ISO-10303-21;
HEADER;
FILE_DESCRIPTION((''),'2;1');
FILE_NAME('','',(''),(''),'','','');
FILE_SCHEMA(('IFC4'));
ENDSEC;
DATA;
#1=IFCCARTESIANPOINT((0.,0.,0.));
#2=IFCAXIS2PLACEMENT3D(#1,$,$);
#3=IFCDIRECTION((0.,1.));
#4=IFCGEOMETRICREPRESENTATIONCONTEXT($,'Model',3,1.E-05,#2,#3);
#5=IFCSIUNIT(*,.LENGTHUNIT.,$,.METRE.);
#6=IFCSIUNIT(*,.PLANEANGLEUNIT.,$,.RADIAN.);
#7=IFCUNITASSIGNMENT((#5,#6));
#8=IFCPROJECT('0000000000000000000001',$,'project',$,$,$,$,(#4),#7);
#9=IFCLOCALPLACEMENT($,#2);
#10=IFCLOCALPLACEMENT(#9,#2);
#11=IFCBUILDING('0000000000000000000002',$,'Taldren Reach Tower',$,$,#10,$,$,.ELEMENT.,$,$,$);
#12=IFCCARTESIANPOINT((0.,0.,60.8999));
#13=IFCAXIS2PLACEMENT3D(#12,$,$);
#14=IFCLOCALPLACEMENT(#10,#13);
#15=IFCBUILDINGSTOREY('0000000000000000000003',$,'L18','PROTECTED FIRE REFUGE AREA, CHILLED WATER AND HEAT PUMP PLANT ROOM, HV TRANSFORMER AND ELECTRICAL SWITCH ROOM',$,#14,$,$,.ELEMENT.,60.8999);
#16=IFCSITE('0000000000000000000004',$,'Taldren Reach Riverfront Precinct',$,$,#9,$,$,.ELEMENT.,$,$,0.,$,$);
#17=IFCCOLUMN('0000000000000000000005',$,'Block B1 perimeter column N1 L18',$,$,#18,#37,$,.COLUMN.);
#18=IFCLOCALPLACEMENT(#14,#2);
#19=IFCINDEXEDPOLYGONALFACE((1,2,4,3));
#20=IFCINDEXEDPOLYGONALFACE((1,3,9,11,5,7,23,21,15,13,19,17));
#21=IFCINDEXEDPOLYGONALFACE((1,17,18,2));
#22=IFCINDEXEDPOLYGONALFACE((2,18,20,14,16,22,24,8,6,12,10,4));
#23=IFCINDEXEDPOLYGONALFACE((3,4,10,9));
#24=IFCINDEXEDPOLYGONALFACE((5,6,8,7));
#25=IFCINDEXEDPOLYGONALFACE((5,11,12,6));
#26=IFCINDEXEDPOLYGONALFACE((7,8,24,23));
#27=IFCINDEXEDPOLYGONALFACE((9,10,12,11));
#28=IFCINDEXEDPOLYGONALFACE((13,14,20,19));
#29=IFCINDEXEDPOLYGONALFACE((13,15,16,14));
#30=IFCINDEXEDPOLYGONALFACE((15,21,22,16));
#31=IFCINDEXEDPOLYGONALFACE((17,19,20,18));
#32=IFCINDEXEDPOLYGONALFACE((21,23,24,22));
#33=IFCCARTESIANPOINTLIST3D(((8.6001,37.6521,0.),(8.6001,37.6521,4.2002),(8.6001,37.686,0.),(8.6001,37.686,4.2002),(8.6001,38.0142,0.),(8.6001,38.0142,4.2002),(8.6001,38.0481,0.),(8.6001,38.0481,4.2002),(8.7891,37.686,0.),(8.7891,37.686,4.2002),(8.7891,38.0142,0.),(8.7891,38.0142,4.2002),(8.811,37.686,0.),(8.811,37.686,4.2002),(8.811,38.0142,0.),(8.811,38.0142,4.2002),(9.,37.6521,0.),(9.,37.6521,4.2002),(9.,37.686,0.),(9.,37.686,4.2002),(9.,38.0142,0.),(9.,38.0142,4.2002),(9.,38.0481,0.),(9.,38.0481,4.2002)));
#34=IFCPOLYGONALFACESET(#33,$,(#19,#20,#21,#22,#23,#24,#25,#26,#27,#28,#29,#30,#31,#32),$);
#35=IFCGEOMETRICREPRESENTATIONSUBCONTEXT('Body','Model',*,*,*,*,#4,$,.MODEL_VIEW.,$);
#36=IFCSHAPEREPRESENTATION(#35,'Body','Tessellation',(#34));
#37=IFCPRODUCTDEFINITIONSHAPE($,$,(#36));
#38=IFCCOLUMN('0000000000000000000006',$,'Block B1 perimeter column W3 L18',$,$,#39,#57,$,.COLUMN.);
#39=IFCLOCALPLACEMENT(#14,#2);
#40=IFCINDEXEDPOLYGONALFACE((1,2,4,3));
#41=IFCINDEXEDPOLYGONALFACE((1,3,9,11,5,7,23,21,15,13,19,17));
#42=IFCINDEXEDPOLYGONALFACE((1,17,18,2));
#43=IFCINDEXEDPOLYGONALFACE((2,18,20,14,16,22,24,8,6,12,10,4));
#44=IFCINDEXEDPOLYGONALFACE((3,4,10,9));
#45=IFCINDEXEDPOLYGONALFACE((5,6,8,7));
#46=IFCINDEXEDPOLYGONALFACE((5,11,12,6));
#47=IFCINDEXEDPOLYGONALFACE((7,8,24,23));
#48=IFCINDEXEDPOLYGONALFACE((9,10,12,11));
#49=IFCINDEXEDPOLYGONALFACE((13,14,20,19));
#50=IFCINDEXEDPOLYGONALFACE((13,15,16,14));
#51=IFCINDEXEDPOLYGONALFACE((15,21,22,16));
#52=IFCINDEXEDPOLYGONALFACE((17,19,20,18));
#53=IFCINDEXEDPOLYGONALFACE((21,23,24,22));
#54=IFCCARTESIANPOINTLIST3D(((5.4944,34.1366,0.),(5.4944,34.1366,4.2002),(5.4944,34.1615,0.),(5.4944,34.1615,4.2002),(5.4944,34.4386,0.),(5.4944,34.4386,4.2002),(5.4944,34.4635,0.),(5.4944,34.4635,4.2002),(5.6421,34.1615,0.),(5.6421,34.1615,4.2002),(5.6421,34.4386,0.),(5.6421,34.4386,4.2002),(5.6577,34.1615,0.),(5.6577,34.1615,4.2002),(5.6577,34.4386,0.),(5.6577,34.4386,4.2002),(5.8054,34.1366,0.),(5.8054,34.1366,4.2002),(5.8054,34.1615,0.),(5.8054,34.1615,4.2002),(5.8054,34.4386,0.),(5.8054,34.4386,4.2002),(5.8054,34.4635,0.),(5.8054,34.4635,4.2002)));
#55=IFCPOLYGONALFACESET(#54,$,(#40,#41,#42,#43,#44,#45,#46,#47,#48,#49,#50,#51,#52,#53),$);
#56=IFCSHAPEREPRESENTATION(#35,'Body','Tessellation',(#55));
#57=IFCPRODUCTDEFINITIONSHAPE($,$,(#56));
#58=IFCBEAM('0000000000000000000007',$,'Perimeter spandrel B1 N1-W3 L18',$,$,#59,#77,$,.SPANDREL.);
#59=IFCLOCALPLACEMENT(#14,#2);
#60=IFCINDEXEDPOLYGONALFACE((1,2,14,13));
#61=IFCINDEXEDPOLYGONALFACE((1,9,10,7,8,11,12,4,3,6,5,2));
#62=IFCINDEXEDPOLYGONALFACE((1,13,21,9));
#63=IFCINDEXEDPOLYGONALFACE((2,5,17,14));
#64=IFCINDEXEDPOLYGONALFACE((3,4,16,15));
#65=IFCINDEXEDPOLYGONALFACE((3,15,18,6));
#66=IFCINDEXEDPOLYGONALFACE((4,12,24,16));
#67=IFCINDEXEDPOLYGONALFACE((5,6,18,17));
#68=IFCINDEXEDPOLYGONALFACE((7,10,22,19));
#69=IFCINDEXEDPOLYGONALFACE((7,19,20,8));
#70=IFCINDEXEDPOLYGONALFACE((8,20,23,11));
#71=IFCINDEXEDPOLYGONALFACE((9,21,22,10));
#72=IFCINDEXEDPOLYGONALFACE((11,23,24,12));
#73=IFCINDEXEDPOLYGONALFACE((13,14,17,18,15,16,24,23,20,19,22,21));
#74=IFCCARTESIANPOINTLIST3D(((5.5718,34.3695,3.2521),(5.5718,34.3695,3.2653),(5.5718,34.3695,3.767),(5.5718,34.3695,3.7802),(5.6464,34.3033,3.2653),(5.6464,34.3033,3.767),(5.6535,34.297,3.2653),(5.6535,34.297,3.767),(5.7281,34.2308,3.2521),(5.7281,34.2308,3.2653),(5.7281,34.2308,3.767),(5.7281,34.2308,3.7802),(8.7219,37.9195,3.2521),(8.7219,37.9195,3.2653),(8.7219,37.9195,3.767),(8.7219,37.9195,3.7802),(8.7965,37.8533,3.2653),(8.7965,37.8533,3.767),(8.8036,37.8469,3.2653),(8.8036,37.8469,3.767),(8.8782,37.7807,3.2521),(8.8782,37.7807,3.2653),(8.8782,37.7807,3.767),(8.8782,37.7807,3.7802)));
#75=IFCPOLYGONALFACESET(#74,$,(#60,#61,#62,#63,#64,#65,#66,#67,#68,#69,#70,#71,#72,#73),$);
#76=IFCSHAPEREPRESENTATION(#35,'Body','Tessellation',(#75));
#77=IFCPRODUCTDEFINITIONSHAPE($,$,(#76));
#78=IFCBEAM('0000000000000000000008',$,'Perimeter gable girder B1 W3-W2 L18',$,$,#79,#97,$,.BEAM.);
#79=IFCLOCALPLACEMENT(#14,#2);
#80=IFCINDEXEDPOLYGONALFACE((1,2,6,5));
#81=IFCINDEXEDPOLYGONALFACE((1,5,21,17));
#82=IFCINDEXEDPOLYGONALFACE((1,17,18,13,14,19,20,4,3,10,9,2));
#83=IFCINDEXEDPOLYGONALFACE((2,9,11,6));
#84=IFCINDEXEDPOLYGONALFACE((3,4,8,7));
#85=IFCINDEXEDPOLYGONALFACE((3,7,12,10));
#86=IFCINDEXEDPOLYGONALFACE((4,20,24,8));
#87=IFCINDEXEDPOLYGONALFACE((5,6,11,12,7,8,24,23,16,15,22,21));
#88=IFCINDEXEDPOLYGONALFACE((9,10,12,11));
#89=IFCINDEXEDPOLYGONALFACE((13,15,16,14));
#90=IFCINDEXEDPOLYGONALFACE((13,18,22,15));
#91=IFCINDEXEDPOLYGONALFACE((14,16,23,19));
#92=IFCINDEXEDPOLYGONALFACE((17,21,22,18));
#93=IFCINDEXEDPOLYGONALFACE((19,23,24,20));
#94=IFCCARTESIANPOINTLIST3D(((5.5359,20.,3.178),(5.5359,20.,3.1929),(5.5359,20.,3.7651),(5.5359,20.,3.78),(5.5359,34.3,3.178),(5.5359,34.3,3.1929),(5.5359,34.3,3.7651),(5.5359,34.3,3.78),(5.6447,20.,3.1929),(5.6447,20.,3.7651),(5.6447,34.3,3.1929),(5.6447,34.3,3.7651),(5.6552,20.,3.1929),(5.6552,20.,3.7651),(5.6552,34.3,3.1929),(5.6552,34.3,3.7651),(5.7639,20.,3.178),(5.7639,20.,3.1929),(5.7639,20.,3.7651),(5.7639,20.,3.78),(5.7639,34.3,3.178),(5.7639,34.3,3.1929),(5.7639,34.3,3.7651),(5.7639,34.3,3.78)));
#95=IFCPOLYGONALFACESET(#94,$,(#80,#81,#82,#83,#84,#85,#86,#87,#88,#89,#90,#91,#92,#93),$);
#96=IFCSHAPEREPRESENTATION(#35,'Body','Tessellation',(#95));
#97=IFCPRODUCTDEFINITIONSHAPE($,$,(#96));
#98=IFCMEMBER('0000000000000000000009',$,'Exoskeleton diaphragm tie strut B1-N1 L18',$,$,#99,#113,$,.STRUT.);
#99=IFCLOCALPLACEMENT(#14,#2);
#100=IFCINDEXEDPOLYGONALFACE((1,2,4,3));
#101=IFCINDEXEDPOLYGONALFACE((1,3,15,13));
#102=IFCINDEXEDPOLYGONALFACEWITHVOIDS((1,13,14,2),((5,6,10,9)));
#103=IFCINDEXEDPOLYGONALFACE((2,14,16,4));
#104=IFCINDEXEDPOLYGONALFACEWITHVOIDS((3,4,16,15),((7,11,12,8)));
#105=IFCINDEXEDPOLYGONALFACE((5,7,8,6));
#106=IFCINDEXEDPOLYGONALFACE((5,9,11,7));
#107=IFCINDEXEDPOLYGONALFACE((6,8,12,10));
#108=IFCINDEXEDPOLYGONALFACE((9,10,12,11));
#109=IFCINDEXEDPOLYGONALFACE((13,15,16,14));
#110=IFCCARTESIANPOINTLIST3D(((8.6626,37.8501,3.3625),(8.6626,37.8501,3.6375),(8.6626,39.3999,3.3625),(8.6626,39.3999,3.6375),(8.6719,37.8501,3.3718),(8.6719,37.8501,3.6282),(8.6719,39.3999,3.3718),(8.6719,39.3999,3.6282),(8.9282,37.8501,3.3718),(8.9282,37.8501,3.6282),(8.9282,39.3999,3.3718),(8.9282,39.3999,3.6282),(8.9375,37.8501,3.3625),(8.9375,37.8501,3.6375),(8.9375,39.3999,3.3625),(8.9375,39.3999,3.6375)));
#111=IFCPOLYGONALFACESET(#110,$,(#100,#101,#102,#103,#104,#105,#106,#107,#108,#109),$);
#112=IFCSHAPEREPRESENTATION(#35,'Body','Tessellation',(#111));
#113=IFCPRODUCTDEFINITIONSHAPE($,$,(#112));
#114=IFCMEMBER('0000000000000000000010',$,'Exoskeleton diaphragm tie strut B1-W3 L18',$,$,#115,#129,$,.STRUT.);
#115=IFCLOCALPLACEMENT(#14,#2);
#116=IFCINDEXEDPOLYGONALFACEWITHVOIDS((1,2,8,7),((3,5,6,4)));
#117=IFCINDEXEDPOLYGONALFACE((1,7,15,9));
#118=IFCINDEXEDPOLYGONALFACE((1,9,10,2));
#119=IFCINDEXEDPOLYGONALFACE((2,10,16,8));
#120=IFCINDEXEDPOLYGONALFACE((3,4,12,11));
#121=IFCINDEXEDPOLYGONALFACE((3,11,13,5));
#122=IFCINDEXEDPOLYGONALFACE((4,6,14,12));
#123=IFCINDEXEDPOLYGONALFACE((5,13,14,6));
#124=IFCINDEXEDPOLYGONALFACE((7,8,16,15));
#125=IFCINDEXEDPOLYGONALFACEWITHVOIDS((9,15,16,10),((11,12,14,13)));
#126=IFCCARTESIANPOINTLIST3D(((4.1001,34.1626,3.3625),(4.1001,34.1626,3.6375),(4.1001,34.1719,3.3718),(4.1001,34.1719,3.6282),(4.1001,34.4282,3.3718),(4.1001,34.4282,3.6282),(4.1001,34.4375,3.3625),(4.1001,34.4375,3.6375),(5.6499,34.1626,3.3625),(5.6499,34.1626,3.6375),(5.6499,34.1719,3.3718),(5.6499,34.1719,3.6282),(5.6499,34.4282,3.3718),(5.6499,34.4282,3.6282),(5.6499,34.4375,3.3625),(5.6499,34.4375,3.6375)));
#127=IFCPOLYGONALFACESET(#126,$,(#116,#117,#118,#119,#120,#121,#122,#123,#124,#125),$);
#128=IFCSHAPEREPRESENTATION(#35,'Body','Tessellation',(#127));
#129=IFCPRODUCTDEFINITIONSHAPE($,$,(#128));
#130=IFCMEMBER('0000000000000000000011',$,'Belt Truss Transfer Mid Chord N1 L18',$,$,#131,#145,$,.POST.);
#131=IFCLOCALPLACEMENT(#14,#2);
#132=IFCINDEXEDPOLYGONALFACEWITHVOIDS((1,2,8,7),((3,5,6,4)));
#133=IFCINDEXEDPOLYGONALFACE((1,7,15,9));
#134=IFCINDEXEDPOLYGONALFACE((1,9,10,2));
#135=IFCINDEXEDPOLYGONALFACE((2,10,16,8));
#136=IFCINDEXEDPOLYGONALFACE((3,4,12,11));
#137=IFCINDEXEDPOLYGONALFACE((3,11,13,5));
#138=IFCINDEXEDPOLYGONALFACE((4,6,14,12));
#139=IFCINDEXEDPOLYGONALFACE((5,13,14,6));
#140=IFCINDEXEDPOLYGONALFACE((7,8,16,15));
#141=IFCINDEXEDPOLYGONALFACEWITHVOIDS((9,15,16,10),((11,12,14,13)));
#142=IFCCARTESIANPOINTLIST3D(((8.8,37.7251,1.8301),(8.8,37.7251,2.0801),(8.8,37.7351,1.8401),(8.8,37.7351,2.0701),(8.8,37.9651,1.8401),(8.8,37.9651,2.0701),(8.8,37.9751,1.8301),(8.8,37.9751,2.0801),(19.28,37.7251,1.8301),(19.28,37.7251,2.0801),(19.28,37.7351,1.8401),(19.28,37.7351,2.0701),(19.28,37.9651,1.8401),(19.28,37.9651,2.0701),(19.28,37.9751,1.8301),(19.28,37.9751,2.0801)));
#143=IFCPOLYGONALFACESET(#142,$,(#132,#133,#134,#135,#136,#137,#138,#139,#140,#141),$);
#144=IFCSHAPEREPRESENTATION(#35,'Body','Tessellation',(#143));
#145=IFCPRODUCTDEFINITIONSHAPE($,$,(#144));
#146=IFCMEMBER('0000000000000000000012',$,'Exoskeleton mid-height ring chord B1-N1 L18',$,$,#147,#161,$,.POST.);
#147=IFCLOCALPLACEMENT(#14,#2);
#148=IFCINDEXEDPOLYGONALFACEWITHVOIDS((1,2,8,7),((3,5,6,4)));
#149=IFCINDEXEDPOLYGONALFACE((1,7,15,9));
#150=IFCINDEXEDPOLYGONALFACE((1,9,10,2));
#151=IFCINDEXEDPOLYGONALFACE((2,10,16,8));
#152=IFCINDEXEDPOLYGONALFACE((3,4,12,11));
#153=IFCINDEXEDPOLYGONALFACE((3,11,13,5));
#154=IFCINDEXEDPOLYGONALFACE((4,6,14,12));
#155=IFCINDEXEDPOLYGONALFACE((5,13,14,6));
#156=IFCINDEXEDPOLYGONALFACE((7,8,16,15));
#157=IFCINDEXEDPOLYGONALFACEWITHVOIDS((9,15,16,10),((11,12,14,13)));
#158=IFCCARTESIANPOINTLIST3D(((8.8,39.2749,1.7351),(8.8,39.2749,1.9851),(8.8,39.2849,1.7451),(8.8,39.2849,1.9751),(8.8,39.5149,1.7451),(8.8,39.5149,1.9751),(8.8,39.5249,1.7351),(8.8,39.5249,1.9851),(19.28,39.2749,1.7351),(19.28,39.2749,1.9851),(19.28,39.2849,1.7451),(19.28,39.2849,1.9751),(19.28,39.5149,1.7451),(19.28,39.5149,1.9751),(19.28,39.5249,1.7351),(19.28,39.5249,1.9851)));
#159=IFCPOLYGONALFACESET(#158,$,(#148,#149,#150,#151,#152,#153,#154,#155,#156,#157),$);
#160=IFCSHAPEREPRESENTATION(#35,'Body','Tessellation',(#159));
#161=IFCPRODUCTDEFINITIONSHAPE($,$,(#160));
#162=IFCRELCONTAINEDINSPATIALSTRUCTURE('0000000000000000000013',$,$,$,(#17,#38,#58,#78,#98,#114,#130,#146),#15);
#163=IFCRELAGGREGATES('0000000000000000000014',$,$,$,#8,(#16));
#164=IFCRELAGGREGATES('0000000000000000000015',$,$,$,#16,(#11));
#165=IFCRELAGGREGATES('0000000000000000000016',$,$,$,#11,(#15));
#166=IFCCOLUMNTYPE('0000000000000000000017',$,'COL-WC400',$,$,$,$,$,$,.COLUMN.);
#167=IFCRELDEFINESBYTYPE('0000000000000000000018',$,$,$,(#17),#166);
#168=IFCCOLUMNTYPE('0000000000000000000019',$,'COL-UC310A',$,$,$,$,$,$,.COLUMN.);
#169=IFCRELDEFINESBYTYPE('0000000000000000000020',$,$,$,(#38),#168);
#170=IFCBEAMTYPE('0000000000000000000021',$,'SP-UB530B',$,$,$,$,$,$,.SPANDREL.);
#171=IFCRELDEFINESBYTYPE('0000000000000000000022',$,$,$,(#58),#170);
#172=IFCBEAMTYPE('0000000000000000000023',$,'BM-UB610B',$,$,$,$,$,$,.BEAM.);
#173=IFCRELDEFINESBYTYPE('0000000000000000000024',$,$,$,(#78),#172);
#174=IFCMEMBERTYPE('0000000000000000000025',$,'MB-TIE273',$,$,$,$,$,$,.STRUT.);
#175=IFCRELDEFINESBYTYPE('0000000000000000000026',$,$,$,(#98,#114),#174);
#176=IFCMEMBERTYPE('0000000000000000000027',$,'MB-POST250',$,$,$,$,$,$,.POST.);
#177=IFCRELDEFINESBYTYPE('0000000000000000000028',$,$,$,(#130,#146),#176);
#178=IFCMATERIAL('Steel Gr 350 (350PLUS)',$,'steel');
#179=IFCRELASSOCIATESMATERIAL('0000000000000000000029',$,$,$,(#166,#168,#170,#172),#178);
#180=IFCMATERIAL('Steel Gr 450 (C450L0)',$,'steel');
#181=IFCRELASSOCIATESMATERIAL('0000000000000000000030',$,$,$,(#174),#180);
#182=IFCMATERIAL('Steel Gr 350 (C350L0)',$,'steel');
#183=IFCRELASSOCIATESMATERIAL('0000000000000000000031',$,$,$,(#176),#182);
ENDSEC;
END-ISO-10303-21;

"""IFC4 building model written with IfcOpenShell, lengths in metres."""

from ifc_helpers import new_model, si_unit, direction, frame, origin, origin_2d, place, context, subcontext, project, spatial, hollow_rectangle, i_section, extrude, source, transform, mapped, material, material_profile, profile_set, type_object, element, save


model = new_model("IFC4")

# Units and contexts
model_context = context("Model", 3, precision=1e-05, world=origin(), true_north=direction((0.0, 1.0)))
body_context = subcontext(model_context, "Body", "Model", "MODEL_VIEW")
ifc_project = project(units=[si_unit("LENGTHUNIT", "METRE"), si_unit("PLANEANGLEUNIT", "RADIAN")], contexts=[model_context])

# Site, building, storey
site_placement = place(None, origin())
site = spatial("IfcSite", under=ifc_project, at=site_placement, Name="Taldren Reach Riverfront Precinct", CompositionType="ELEMENT", RefElevation=0.0)
building_placement = place(site_placement, origin())
building = spatial("IfcBuilding", under=site, at=building_placement, Name="Taldren Reach Tower", CompositionType="ELEMENT")
storey_placement = place(building_placement, frame((0.0, 0.0, 60.8999)))
storey = spatial("IfcBuildingStorey", under=building, at=storey_placement, Name="L18", Description="PROTECTED FIRE REFUGE AREA, CHILLED WATER AND HEAT PUMP PLANT ROOM, HV TRANSFORMER AND ELECTRICAL SWITCH ROOM", CompositionType="ELEMENT", Elevation=60.8999)

# Columns
ifc_material_1 = material(Name="Steel Gr 350 (350PLUS)", Category="steel")
ifc_material_profile_1 = material_profile(ifc_material_1, i_section(OverallWidth=0.3999, OverallDepth=0.396, WebThickness=0.022, FlangeThickness=0.0339, at=origin_2d()), Name="400WC270")
ifc_profile_set_1 = profile_set([ifc_material_profile_1], Name="Steel Gr 350 (350PLUS)")
column_type_1 = type_object("IfcColumnType", Name="COL-WC400", PredefinedType="COLUMN", material=ifc_profile_set_1)
shared_shape_1 = source(origin(), body_context, "Body", "SweptSolid", [
    extrude(i_section(OverallWidth=0.3999, OverallDepth=0.396, WebThickness=0.022, FlangeThickness=0.0339, at=origin_2d()), origin(), (0.0, 0.0, 1.0), 4.2002),
])
column_1_placement = place(storey_placement, frame((8.8, 37.8501, 0.0), z_axis=(0.0, 0.0, 1.0), x_axis=(1.0, 0.0, 0.0)))
element("IfcColumn", 1, at=column_1_placement, inside=storey, type_object=column_type_1, Name="Block B1 perimeter column N1 L18", PredefinedType="COLUMN", context=body_context, shape_type="MappedRepresentation", body=[
    mapped(shared_shape_1, transform((0.0, 0.0, 0.0), scale=1.0)),
])
ifc_material_profile_2 = material_profile(ifc_material_1, i_section(OverallWidth=0.311, OverallDepth=0.3269, WebThickness=0.0156, FlangeThickness=0.0249, at=origin_2d()), Name="310UC158")
ifc_profile_set_2 = profile_set([ifc_material_profile_2], Name="Steel Gr 350 (350PLUS)")
column_type_2 = type_object("IfcColumnType", Name="COL-UC310A", PredefinedType="COLUMN", material=ifc_profile_set_2)
shared_shape_2 = source(origin(), body_context, "Body", "SweptSolid", [
    extrude(i_section(OverallWidth=0.311, OverallDepth=0.3269, WebThickness=0.0156, FlangeThickness=0.0249, at=origin_2d()), origin(), (0.0, 0.0, 1.0), 4.2002),
])
column_2_placement = place(storey_placement, frame((5.6499, 34.3, 0.0), z_axis=(0.0, 0.0, 1.0), x_axis=(1.0, 0.0, 0.0)))
element("IfcColumn", 2, at=column_2_placement, inside=storey, type_object=column_type_2, Name="Block B1 perimeter column W3 L18", PredefinedType="COLUMN", context=body_context, shape_type="MappedRepresentation", body=[
    mapped(shared_shape_2, transform((0.0, 0.0, 0.0), scale=1.0)),
])

# Beams
ifc_material_profile_3 = material_profile(ifc_material_1, i_section(OverallWidth=0.209, OverallDepth=0.5281, WebThickness=0.0095, FlangeThickness=0.0132, at=origin_2d()), Name="530UB82.0")
ifc_profile_set_3 = profile_set([ifc_material_profile_3], Name="Steel Gr 350 (350PLUS)")
beam_type_1 = type_object("IfcBeamType", Name="SP-UB530B", PredefinedType="SPANDREL", material=ifc_profile_set_3)
shared_shape_3 = source(origin(), body_context, "Body", "SweptSolid", [
    extrude(i_section(OverallWidth=0.209, OverallDepth=0.5281, WebThickness=0.0095, FlangeThickness=0.0132, at=origin_2d()), origin(), (0.0, 0.0, 1.0), 4.7461),
])
beam_1_placement = place(storey_placement, frame((8.8, 37.8501, 3.5161), z_axis=(-0.663722, -0.747979, 0.0), x_axis=(0.747979, -0.663722, 0.0)))
element("IfcBeam", 3, at=beam_1_placement, inside=storey, type_object=beam_type_1, Name="Perimeter spandrel B1 N1-W3 L18", PredefinedType="SPANDREL", context=body_context, shape_type="MappedRepresentation", body=[
    mapped(shared_shape_3, transform((0.0, 0.0, 0.0), scale=1.0)),
])
ifc_material_profile_4 = material_profile(ifc_material_1, i_section(OverallWidth=0.228, OverallDepth=0.6021, WebThickness=0.0105, FlangeThickness=0.0149, at=origin_2d()), Name="610UB101")
ifc_profile_set_4 = profile_set([ifc_material_profile_4], Name="Steel Gr 350 (350PLUS)")
beam_type_2 = type_object("IfcBeamType", Name="BM-UB610B", PredefinedType="BEAM", material=ifc_profile_set_4)
shared_shape_4 = source(origin(), body_context, "Body", "SweptSolid", [
    extrude(i_section(OverallWidth=0.228, OverallDepth=0.6021, WebThickness=0.0105, FlangeThickness=0.0149, at=origin_2d()), origin(), (0.0, 0.0, 1.0), 14.3),
])
beam_2_placement = place(storey_placement, frame((5.6499, 34.3, 3.479), z_axis=(0.0, -1.0, 0.0), x_axis=(1.0, 0.0, 0.0)))
element("IfcBeam", 4, at=beam_2_placement, inside=storey, type_object=beam_type_2, Name="Perimeter gable girder B1 W3-W2 L18", PredefinedType="BEAM", context=body_context, shape_type="MappedRepresentation", body=[
    mapped(shared_shape_4, transform((0.0, 0.0, 0.0), scale=1.0)),
])

# Members
ifc_material_2 = material(Name="Steel Gr 450 (C450L0)", Category="steel")
ifc_material_profile_5 = material_profile(ifc_material_2, hollow_rectangle(XDim=0.2749, YDim=0.2749, WallThickness=0.0093, at=origin_2d()), Name="275x275x9.3SHS")
ifc_profile_set_5 = profile_set([ifc_material_profile_5], Name="Steel Gr 450 (C450L0)")
member_type_1 = type_object("IfcMemberType", Name="MB-TIE273", PredefinedType="STRUT", material=ifc_profile_set_5)
shared_shape_5 = source(origin(), body_context, "Body", "SweptSolid", [
    extrude(hollow_rectangle(XDim=0.2749, YDim=0.2749, WallThickness=0.0093, at=origin_2d()), origin(), (0.0, 0.0, 1.0), 1.5498),
])
for number, where, z_axis, x_axis, name in (
    (5, (8.8, 37.8501, 3.5), (0.0, 1.0, 0.0), (-1.0, 0.0, 0.0), "Exoskeleton diaphragm tie strut B1-N1 L18"),
    (6, (5.6499, 34.3, 3.5), (-1.0, 0.0, 0.0), (0.0, -1.0, 0.0), "Exoskeleton diaphragm tie strut B1-W3 L18"),
):
    element("IfcMember", number, at=place(storey_placement, frame(where, z_axis=z_axis, x_axis=x_axis)), inside=storey, type_object=member_type_1, Name=name, PredefinedType="STRUT", context=body_context, shape_type="MappedRepresentation", body=[
        mapped(shared_shape_5, transform((0.0, 0.0, 0.0), scale=1.0)),
    ])
ifc_material_3 = material(Name="Steel Gr 350 (C350L0)", Category="steel")
ifc_material_profile_6 = material_profile(ifc_material_3, hollow_rectangle(XDim=0.25, YDim=0.25, WallThickness=0.01, at=origin_2d()), Name="250x250x10.0SHS")
ifc_profile_set_6 = profile_set([ifc_material_profile_6], Name="Steel Gr 350 (C350L0)")
member_type_2 = type_object("IfcMemberType", Name="MB-POST250", PredefinedType="POST", material=ifc_profile_set_6)
shared_shape_6 = source(origin(), body_context, "Body", "SweptSolid", [
    extrude(hollow_rectangle(XDim=0.25, YDim=0.25, WallThickness=0.01, at=origin_2d()), origin(), (0.0, 0.0, 1.0), 10.48),
])
for number, where, z_axis, x_axis, name in (
    (7, (8.8, 37.8501, 1.9551), (1.0, 0.0, 0.0), (0.0, 1.0, 0.0), "Belt Truss Transfer Mid Chord N1 L18"),
    (8, (8.8, 39.3999, 1.8601), (1.0, 0.0, 0.0), (0.0, 1.0, 0.0), "Exoskeleton mid-height ring chord B1-N1 L18"),
):
    element("IfcMember", number, at=place(storey_placement, frame(where, z_axis=z_axis, x_axis=x_axis)), inside=storey, type_object=member_type_2, Name=name, PredefinedType="POST", context=body_context, shape_type="MappedRepresentation", body=[
        mapped(shared_shape_6, transform((0.0, 0.0, 0.0), scale=1.0)),
    ])

save(model, "model.ifc")
